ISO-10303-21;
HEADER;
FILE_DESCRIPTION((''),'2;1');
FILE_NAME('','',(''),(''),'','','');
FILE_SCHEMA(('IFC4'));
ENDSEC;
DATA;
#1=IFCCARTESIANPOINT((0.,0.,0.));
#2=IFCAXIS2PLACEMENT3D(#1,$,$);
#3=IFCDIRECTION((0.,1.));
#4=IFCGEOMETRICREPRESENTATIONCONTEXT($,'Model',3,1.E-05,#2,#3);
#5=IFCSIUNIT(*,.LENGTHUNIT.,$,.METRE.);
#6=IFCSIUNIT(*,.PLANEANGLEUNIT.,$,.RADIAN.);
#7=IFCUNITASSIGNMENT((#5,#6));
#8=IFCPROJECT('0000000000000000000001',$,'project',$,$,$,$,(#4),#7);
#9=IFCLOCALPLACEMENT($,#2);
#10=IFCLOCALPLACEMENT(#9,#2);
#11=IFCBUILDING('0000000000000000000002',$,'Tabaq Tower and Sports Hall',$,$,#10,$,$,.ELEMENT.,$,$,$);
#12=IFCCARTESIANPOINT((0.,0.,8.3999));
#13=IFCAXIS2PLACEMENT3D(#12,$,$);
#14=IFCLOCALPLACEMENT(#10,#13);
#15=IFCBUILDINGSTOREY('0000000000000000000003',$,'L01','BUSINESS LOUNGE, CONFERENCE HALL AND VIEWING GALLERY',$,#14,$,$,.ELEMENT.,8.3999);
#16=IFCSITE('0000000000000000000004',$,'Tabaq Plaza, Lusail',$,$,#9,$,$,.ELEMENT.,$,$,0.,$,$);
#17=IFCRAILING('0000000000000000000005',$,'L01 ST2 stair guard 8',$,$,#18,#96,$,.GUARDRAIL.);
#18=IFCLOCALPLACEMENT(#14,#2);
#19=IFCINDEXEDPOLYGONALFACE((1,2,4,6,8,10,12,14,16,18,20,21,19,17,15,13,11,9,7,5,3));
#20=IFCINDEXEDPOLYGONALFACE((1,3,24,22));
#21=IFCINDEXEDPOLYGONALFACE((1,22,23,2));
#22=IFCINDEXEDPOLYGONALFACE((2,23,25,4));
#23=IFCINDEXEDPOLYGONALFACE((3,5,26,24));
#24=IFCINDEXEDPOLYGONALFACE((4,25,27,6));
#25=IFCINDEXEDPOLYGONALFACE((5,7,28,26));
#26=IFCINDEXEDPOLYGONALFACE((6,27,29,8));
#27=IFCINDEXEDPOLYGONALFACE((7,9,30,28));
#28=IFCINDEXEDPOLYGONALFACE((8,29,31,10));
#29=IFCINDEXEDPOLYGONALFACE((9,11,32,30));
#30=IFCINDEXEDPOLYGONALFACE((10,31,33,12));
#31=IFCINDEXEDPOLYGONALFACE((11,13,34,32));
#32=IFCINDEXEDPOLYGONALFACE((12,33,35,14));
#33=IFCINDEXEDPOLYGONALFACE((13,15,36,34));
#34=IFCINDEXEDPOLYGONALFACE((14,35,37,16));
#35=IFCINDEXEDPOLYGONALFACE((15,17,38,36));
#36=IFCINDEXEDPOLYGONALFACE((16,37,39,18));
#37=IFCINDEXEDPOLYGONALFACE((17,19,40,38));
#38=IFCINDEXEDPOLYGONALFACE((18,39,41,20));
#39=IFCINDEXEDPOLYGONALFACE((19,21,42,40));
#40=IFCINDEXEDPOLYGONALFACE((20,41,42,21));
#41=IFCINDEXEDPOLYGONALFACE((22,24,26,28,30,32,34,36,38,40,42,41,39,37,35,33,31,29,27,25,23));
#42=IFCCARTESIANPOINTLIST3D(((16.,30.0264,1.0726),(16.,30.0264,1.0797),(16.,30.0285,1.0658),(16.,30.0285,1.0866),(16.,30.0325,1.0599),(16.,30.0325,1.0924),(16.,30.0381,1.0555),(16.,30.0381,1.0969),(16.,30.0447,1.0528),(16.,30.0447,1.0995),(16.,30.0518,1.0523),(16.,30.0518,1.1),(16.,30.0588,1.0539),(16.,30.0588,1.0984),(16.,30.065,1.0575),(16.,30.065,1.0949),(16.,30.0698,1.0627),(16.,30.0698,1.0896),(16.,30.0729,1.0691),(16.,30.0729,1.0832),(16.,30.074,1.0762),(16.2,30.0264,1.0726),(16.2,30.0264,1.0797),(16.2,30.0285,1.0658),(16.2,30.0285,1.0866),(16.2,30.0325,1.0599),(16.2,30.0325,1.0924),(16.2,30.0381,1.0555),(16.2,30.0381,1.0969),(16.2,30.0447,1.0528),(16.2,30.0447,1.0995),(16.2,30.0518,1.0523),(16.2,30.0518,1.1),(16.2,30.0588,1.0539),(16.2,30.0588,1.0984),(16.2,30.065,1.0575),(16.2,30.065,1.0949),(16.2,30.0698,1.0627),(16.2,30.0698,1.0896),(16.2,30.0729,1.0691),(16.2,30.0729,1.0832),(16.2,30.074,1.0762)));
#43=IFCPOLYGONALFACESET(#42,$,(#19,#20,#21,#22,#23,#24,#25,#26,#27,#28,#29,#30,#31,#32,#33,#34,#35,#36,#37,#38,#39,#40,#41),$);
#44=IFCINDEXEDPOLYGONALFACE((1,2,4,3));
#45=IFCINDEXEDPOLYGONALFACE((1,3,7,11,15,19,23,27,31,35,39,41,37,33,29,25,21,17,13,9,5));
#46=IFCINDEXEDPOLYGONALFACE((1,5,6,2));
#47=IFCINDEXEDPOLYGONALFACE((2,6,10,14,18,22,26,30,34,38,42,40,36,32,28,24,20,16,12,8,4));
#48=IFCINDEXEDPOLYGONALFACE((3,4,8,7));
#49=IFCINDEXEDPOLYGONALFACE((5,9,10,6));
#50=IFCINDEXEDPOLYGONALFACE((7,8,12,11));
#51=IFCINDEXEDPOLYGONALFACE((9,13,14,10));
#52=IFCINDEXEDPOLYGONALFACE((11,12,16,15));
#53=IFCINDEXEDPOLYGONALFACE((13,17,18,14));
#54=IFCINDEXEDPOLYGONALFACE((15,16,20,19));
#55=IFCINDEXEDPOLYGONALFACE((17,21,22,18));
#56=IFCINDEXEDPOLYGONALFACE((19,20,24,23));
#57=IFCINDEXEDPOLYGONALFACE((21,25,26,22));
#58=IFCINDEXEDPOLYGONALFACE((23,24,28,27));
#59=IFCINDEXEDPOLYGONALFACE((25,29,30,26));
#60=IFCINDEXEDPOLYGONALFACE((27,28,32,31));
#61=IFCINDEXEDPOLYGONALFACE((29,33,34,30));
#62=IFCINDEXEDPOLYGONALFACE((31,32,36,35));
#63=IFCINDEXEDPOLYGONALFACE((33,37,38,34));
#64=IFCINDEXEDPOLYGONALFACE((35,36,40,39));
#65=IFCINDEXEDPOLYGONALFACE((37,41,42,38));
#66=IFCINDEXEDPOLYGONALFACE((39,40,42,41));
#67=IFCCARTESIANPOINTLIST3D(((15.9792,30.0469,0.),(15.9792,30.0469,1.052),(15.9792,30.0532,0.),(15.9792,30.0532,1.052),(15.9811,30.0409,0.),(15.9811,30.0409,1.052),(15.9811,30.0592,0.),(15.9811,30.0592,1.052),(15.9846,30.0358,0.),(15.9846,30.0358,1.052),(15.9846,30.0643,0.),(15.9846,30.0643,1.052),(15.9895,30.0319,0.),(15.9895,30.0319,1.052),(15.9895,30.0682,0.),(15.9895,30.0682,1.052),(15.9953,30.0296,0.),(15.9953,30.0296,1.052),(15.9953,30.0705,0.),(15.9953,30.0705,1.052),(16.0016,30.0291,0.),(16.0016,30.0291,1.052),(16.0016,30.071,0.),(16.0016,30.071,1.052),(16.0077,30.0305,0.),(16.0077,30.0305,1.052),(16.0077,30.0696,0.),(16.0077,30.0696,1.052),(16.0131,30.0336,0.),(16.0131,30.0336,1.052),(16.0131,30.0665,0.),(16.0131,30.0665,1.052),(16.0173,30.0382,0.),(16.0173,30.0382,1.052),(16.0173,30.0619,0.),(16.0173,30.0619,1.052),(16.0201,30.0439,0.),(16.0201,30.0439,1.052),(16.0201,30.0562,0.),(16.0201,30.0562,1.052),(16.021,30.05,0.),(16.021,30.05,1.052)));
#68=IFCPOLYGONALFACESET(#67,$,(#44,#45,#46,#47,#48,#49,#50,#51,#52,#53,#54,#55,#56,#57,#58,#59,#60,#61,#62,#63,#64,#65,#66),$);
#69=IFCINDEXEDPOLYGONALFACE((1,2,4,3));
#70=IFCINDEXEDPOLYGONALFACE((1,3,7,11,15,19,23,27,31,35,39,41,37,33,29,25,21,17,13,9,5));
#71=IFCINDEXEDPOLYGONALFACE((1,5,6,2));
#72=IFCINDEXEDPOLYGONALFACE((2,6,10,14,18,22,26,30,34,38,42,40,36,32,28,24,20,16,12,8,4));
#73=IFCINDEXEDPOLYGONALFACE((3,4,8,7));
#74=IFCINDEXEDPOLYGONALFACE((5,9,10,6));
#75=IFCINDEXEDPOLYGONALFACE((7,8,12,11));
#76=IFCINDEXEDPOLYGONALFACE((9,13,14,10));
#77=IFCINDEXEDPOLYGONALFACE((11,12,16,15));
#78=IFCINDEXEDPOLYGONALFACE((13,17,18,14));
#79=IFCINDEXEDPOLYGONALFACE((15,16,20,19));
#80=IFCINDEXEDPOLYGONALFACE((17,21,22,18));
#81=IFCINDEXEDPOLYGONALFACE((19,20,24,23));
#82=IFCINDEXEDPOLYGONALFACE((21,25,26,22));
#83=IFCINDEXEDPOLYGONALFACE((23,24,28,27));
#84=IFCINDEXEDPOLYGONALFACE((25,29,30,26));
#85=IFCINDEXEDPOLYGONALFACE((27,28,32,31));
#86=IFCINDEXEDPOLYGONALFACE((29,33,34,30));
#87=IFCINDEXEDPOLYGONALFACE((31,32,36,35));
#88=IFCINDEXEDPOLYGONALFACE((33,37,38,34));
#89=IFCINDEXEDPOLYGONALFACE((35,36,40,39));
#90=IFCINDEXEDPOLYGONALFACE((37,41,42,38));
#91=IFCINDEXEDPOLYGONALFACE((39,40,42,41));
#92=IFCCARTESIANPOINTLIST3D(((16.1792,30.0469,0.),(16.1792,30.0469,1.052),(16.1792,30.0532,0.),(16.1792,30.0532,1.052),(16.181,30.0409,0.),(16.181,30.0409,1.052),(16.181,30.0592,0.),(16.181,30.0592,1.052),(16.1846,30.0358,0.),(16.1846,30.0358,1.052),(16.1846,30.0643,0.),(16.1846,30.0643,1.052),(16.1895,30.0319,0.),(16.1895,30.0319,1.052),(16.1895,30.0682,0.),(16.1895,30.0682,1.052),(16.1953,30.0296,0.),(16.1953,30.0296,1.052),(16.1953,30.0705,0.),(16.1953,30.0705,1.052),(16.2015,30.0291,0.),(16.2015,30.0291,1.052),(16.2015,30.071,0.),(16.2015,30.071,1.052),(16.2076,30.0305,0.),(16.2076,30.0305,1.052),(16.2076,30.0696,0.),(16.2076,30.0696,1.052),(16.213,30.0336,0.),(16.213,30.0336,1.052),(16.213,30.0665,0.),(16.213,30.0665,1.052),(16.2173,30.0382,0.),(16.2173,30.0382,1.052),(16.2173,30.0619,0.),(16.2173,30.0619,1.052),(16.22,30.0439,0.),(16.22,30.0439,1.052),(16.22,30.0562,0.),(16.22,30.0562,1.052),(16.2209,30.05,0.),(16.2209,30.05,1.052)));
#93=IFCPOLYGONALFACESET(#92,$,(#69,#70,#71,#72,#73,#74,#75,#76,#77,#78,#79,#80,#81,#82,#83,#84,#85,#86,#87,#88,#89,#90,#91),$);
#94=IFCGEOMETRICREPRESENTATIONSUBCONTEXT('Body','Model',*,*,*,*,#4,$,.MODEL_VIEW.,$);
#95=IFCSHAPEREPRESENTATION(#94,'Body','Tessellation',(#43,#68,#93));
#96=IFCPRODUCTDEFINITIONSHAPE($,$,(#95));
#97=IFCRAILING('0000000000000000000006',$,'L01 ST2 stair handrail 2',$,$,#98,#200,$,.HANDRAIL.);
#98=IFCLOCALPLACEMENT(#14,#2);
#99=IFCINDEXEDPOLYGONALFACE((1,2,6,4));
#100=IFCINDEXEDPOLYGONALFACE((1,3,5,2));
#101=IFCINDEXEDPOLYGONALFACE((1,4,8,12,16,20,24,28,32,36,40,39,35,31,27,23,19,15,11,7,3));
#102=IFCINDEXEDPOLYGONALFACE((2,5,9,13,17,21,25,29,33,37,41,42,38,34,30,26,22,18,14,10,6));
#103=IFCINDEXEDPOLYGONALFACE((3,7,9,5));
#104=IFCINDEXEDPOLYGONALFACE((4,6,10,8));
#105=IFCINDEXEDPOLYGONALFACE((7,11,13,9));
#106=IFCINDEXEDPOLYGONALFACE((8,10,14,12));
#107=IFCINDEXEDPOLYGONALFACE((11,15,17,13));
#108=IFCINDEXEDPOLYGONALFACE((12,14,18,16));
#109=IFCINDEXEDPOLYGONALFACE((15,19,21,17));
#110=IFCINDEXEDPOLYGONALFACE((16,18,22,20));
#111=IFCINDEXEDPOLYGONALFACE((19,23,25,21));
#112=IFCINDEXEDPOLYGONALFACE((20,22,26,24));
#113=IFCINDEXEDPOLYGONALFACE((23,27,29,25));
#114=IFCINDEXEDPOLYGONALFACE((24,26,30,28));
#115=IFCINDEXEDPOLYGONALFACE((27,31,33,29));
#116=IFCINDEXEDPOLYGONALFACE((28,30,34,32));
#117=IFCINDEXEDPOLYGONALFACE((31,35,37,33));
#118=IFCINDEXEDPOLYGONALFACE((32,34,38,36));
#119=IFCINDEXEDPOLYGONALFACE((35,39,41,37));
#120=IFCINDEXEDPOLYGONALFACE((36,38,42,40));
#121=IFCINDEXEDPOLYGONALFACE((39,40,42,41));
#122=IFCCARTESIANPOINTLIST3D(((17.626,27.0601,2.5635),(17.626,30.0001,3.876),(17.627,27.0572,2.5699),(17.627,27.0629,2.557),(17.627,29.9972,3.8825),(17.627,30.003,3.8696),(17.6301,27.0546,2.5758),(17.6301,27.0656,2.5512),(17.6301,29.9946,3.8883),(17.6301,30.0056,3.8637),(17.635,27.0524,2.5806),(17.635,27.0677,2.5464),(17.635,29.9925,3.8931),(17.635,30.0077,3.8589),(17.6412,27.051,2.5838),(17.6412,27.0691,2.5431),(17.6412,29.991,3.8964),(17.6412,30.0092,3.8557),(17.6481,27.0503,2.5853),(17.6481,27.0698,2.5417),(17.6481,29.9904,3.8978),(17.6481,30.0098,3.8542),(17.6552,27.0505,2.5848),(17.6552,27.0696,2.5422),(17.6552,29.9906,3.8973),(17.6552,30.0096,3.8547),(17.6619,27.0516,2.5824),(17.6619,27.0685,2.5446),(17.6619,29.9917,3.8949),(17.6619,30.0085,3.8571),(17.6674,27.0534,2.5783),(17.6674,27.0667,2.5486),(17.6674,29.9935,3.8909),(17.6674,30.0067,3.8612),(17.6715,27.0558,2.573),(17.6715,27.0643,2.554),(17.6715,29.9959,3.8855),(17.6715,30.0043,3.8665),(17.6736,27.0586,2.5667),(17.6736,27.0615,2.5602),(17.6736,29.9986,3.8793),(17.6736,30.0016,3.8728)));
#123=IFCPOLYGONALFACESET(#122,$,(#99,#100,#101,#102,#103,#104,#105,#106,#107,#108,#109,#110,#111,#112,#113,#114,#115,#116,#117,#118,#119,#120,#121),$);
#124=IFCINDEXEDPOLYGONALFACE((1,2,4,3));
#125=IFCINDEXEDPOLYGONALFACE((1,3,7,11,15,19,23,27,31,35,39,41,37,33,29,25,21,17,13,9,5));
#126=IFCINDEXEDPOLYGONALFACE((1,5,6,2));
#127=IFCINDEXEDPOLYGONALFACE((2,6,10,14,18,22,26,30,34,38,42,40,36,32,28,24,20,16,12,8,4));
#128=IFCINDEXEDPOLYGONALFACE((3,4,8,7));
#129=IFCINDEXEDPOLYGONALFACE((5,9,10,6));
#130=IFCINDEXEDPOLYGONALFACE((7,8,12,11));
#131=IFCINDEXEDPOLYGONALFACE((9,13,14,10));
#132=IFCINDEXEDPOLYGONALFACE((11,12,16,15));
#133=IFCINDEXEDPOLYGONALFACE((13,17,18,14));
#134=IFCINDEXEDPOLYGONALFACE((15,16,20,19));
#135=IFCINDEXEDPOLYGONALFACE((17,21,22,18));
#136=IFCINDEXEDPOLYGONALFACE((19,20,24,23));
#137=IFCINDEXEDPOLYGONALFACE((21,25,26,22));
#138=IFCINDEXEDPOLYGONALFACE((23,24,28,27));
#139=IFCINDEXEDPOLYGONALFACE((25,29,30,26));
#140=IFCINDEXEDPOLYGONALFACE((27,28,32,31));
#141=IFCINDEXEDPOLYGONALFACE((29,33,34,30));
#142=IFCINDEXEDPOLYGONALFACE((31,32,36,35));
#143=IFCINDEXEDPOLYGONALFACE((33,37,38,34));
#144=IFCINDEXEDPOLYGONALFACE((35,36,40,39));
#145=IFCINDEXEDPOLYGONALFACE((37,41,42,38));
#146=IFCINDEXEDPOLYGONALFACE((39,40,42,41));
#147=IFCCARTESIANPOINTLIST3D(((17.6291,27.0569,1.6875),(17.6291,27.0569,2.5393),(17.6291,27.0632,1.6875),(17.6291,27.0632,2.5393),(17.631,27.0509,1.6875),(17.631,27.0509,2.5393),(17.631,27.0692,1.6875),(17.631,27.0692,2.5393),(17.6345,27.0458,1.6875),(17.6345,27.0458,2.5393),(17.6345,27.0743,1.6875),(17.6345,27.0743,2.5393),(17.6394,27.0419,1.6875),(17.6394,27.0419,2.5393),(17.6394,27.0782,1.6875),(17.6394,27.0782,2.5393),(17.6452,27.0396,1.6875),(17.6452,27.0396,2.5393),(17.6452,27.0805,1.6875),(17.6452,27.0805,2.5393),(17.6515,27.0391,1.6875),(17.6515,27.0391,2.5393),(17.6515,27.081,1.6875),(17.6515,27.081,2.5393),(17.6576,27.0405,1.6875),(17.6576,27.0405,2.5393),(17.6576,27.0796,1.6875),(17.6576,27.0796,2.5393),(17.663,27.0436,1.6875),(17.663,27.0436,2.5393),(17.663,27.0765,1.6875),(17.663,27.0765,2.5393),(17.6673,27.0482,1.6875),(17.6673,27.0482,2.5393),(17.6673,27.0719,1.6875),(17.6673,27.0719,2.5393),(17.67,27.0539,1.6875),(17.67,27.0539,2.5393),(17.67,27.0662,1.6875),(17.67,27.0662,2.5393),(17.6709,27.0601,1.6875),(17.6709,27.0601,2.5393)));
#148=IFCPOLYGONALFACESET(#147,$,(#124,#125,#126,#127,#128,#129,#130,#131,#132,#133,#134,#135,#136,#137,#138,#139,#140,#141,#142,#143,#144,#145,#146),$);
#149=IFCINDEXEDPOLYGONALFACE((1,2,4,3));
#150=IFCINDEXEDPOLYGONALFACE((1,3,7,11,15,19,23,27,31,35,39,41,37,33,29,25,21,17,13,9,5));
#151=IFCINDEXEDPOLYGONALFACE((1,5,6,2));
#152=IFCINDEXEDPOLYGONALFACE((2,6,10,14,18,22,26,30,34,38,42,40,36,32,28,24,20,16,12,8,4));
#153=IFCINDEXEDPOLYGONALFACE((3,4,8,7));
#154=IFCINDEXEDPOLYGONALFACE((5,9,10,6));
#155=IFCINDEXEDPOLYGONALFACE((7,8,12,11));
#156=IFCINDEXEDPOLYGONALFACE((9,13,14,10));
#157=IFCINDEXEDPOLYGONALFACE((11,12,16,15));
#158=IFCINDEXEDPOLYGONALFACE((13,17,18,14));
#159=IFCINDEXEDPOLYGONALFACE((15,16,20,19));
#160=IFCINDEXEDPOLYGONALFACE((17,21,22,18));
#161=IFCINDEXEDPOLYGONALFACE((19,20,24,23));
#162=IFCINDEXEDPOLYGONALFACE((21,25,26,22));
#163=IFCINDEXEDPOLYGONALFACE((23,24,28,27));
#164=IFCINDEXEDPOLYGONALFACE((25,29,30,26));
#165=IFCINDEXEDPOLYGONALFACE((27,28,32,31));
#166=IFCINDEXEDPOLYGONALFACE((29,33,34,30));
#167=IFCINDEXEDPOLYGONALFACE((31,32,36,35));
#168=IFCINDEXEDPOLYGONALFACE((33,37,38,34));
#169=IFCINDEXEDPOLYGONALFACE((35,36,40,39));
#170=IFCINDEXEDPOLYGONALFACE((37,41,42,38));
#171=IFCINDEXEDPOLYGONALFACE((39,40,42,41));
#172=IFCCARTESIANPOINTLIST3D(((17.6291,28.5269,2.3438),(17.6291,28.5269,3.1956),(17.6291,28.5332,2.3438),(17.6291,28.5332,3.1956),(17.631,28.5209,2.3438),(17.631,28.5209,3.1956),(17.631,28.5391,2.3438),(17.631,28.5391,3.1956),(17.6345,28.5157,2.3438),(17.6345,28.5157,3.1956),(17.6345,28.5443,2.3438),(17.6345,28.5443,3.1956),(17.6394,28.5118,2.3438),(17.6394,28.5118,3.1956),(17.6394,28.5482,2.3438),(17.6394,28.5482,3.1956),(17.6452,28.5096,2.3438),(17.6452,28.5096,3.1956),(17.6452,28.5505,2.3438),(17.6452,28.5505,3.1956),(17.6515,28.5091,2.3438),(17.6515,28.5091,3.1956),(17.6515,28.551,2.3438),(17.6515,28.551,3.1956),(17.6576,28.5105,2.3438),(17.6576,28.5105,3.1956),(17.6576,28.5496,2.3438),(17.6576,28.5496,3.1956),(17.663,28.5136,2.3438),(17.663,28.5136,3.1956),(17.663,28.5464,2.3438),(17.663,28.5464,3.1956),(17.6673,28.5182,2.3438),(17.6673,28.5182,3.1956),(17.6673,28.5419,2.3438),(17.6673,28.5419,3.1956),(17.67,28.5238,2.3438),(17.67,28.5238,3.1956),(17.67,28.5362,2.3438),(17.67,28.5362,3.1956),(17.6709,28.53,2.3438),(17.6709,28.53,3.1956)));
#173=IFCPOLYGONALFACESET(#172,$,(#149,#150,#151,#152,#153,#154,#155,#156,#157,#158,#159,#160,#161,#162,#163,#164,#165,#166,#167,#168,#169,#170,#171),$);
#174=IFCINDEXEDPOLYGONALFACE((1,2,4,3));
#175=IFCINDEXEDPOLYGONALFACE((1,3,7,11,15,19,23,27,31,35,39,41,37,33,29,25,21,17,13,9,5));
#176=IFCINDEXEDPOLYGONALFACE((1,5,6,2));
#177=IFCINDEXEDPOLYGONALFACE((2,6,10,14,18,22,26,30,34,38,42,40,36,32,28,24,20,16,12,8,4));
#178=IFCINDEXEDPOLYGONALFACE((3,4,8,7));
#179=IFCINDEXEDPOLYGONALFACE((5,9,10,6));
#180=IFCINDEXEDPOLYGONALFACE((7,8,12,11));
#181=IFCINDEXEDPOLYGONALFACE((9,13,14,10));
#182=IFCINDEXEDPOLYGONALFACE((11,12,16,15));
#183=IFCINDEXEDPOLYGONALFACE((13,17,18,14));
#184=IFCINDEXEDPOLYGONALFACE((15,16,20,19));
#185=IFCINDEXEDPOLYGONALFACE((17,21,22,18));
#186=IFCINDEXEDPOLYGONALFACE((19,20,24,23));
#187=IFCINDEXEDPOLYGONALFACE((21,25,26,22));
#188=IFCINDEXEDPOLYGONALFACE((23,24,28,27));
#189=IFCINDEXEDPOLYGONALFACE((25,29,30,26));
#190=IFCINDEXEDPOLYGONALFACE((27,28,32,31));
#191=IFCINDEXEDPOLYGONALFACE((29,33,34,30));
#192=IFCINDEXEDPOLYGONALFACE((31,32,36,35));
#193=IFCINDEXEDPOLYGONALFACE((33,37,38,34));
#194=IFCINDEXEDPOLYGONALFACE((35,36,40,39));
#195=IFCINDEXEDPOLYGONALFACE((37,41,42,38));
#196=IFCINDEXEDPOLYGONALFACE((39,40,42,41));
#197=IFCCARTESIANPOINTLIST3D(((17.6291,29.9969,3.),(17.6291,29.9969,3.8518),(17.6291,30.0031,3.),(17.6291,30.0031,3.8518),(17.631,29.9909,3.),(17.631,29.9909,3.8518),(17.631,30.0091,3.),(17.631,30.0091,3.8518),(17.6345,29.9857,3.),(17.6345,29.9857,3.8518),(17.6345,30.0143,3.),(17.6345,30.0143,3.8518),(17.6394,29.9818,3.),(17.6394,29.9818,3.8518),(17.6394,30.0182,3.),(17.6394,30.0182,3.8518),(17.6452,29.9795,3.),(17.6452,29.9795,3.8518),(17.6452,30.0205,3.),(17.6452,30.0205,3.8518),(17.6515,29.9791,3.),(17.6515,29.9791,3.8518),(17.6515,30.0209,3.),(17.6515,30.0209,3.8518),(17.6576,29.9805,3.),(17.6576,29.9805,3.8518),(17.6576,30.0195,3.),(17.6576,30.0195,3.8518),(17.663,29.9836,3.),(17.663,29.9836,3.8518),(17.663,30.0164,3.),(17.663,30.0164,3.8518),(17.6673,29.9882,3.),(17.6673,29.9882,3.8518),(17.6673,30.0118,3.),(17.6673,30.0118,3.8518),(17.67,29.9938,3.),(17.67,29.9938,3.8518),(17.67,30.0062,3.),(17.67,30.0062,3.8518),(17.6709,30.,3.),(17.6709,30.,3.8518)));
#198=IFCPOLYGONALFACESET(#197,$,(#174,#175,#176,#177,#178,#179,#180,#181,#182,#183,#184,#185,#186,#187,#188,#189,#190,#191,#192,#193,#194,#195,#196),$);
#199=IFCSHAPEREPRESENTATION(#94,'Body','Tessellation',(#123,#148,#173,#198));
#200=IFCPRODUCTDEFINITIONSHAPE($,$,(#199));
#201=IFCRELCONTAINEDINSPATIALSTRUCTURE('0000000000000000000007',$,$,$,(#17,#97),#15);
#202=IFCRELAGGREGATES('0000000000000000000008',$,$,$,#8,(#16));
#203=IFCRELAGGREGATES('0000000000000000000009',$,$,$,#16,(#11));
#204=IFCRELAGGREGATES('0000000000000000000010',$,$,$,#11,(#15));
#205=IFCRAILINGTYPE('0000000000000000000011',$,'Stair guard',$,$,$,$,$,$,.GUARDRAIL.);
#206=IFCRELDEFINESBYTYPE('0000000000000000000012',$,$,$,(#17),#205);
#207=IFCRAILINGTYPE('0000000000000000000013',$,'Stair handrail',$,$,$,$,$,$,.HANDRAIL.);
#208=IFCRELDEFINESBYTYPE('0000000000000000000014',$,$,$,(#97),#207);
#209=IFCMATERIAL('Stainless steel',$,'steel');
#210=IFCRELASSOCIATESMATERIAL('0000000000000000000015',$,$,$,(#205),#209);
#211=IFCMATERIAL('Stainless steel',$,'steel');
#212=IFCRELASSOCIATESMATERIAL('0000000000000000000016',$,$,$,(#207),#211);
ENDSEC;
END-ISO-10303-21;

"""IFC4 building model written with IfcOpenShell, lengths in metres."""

from ifc_helpers import new_model, si_unit, direction, frame, origin, origin_2d, place, context, subcontext, project, spatial, circle, extrude, material, type_object, element, save


model = new_model("IFC4")

# Units and contexts
model_context = context("Model", 3, precision=1e-05, world=origin(), true_north=direction((0.0, 1.0)))
body_context = subcontext(model_context, "Body", "Model", "MODEL_VIEW")
ifc_project = project(units=[si_unit("LENGTHUNIT", "METRE"), si_unit("PLANEANGLEUNIT", "RADIAN")], contexts=[model_context])

# Site, building, storey
site_placement = place(None, origin())
site = spatial("IfcSite", under=ifc_project, at=site_placement, Name="Tabaq Plaza, Lusail", CompositionType="ELEMENT", RefElevation=0.0)
building_placement = place(site_placement, origin())
building = spatial("IfcBuilding", under=site, at=building_placement, Name="Tabaq Tower and Sports Hall", CompositionType="ELEMENT")
storey_placement = place(building_placement, frame((0.0, 0.0, 8.3999)))
storey = spatial("IfcBuildingStorey", under=building, at=storey_placement, Name="L01", Description="BUSINESS LOUNGE, CONFERENCE HALL AND VIEWING GALLERY", CompositionType="ELEMENT", Elevation=8.3999)

# Railings
ifc_material_1 = material(Name="Stainless steel", Category="steel")
railing_type_1 = type_object("IfcRailingType", Name="Stair guard", PredefinedType="GUARDRAIL", material=ifc_material_1)
railing_1_placement = place(storey_placement, frame((16.0, 30.05, 0.0)))
element("IfcRailing", 1, at=railing_1_placement, inside=storey, type_object=railing_type_1, Name="L01 ST2 stair guard 8", PredefinedType="GUARDRAIL", context=body_context, shape_type="SweptSolid", body=[
    extrude(circle(Radius=0.0239, at=origin_2d()), frame((0.0, 0.0, 1.0762), z_axis=(1.0, 0.0, 0.0), x_axis=(0.0, 1.0, 0.0)), (0.0, 0.0, 1.0), 0.2),
    extrude(circle(Radius=0.021, at=origin_2d()), origin(), (0.0, 0.0, 1.0), 1.052),
    extrude(circle(Radius=0.021, at=origin_2d()), frame((0.2, 0.0, 0.0)), (0.0, 0.0, 1.0), 1.052),
])
ifc_material_2 = material(Name="Stainless steel", Category="steel")
railing_type_2 = type_object("IfcRailingType", Name="Stair handrail", PredefinedType="HANDRAIL", material=ifc_material_2)
railing_2_placement = place(storey_placement, frame((17.6499, 27.0601, 1.6875)))
element("IfcRailing", 2, at=railing_2_placement, inside=storey, type_object=railing_type_2, Name="L01 ST2 stair handrail 2", PredefinedType="HANDRAIL", context=body_context, shape_type="SweptSolid", body=[
    extrude(circle(Radius=0.0239, at=origin_2d()), frame((0.0, 0.0, 0.876), z_axis=(0.0, 0.913135, 0.407658), x_axis=(-1.0, 0.0, 0.0)), (0.0, 0.0, 1.0), 3.2197),
    extrude(circle(Radius=0.021, at=origin_2d()), origin(), (0.0, 0.0, 1.0), 0.8518),
    extrude(circle(Radius=0.021, at=origin_2d()), frame((0.0, 1.47, 0.6562)), (0.0, 0.0, 1.0), 0.8518),
    extrude(circle(Radius=0.021, at=origin_2d()), frame((0.0, 2.9399, 1.3125)), (0.0, 0.0, 1.0), 0.8518),
])

save(model, "model.ifc")
